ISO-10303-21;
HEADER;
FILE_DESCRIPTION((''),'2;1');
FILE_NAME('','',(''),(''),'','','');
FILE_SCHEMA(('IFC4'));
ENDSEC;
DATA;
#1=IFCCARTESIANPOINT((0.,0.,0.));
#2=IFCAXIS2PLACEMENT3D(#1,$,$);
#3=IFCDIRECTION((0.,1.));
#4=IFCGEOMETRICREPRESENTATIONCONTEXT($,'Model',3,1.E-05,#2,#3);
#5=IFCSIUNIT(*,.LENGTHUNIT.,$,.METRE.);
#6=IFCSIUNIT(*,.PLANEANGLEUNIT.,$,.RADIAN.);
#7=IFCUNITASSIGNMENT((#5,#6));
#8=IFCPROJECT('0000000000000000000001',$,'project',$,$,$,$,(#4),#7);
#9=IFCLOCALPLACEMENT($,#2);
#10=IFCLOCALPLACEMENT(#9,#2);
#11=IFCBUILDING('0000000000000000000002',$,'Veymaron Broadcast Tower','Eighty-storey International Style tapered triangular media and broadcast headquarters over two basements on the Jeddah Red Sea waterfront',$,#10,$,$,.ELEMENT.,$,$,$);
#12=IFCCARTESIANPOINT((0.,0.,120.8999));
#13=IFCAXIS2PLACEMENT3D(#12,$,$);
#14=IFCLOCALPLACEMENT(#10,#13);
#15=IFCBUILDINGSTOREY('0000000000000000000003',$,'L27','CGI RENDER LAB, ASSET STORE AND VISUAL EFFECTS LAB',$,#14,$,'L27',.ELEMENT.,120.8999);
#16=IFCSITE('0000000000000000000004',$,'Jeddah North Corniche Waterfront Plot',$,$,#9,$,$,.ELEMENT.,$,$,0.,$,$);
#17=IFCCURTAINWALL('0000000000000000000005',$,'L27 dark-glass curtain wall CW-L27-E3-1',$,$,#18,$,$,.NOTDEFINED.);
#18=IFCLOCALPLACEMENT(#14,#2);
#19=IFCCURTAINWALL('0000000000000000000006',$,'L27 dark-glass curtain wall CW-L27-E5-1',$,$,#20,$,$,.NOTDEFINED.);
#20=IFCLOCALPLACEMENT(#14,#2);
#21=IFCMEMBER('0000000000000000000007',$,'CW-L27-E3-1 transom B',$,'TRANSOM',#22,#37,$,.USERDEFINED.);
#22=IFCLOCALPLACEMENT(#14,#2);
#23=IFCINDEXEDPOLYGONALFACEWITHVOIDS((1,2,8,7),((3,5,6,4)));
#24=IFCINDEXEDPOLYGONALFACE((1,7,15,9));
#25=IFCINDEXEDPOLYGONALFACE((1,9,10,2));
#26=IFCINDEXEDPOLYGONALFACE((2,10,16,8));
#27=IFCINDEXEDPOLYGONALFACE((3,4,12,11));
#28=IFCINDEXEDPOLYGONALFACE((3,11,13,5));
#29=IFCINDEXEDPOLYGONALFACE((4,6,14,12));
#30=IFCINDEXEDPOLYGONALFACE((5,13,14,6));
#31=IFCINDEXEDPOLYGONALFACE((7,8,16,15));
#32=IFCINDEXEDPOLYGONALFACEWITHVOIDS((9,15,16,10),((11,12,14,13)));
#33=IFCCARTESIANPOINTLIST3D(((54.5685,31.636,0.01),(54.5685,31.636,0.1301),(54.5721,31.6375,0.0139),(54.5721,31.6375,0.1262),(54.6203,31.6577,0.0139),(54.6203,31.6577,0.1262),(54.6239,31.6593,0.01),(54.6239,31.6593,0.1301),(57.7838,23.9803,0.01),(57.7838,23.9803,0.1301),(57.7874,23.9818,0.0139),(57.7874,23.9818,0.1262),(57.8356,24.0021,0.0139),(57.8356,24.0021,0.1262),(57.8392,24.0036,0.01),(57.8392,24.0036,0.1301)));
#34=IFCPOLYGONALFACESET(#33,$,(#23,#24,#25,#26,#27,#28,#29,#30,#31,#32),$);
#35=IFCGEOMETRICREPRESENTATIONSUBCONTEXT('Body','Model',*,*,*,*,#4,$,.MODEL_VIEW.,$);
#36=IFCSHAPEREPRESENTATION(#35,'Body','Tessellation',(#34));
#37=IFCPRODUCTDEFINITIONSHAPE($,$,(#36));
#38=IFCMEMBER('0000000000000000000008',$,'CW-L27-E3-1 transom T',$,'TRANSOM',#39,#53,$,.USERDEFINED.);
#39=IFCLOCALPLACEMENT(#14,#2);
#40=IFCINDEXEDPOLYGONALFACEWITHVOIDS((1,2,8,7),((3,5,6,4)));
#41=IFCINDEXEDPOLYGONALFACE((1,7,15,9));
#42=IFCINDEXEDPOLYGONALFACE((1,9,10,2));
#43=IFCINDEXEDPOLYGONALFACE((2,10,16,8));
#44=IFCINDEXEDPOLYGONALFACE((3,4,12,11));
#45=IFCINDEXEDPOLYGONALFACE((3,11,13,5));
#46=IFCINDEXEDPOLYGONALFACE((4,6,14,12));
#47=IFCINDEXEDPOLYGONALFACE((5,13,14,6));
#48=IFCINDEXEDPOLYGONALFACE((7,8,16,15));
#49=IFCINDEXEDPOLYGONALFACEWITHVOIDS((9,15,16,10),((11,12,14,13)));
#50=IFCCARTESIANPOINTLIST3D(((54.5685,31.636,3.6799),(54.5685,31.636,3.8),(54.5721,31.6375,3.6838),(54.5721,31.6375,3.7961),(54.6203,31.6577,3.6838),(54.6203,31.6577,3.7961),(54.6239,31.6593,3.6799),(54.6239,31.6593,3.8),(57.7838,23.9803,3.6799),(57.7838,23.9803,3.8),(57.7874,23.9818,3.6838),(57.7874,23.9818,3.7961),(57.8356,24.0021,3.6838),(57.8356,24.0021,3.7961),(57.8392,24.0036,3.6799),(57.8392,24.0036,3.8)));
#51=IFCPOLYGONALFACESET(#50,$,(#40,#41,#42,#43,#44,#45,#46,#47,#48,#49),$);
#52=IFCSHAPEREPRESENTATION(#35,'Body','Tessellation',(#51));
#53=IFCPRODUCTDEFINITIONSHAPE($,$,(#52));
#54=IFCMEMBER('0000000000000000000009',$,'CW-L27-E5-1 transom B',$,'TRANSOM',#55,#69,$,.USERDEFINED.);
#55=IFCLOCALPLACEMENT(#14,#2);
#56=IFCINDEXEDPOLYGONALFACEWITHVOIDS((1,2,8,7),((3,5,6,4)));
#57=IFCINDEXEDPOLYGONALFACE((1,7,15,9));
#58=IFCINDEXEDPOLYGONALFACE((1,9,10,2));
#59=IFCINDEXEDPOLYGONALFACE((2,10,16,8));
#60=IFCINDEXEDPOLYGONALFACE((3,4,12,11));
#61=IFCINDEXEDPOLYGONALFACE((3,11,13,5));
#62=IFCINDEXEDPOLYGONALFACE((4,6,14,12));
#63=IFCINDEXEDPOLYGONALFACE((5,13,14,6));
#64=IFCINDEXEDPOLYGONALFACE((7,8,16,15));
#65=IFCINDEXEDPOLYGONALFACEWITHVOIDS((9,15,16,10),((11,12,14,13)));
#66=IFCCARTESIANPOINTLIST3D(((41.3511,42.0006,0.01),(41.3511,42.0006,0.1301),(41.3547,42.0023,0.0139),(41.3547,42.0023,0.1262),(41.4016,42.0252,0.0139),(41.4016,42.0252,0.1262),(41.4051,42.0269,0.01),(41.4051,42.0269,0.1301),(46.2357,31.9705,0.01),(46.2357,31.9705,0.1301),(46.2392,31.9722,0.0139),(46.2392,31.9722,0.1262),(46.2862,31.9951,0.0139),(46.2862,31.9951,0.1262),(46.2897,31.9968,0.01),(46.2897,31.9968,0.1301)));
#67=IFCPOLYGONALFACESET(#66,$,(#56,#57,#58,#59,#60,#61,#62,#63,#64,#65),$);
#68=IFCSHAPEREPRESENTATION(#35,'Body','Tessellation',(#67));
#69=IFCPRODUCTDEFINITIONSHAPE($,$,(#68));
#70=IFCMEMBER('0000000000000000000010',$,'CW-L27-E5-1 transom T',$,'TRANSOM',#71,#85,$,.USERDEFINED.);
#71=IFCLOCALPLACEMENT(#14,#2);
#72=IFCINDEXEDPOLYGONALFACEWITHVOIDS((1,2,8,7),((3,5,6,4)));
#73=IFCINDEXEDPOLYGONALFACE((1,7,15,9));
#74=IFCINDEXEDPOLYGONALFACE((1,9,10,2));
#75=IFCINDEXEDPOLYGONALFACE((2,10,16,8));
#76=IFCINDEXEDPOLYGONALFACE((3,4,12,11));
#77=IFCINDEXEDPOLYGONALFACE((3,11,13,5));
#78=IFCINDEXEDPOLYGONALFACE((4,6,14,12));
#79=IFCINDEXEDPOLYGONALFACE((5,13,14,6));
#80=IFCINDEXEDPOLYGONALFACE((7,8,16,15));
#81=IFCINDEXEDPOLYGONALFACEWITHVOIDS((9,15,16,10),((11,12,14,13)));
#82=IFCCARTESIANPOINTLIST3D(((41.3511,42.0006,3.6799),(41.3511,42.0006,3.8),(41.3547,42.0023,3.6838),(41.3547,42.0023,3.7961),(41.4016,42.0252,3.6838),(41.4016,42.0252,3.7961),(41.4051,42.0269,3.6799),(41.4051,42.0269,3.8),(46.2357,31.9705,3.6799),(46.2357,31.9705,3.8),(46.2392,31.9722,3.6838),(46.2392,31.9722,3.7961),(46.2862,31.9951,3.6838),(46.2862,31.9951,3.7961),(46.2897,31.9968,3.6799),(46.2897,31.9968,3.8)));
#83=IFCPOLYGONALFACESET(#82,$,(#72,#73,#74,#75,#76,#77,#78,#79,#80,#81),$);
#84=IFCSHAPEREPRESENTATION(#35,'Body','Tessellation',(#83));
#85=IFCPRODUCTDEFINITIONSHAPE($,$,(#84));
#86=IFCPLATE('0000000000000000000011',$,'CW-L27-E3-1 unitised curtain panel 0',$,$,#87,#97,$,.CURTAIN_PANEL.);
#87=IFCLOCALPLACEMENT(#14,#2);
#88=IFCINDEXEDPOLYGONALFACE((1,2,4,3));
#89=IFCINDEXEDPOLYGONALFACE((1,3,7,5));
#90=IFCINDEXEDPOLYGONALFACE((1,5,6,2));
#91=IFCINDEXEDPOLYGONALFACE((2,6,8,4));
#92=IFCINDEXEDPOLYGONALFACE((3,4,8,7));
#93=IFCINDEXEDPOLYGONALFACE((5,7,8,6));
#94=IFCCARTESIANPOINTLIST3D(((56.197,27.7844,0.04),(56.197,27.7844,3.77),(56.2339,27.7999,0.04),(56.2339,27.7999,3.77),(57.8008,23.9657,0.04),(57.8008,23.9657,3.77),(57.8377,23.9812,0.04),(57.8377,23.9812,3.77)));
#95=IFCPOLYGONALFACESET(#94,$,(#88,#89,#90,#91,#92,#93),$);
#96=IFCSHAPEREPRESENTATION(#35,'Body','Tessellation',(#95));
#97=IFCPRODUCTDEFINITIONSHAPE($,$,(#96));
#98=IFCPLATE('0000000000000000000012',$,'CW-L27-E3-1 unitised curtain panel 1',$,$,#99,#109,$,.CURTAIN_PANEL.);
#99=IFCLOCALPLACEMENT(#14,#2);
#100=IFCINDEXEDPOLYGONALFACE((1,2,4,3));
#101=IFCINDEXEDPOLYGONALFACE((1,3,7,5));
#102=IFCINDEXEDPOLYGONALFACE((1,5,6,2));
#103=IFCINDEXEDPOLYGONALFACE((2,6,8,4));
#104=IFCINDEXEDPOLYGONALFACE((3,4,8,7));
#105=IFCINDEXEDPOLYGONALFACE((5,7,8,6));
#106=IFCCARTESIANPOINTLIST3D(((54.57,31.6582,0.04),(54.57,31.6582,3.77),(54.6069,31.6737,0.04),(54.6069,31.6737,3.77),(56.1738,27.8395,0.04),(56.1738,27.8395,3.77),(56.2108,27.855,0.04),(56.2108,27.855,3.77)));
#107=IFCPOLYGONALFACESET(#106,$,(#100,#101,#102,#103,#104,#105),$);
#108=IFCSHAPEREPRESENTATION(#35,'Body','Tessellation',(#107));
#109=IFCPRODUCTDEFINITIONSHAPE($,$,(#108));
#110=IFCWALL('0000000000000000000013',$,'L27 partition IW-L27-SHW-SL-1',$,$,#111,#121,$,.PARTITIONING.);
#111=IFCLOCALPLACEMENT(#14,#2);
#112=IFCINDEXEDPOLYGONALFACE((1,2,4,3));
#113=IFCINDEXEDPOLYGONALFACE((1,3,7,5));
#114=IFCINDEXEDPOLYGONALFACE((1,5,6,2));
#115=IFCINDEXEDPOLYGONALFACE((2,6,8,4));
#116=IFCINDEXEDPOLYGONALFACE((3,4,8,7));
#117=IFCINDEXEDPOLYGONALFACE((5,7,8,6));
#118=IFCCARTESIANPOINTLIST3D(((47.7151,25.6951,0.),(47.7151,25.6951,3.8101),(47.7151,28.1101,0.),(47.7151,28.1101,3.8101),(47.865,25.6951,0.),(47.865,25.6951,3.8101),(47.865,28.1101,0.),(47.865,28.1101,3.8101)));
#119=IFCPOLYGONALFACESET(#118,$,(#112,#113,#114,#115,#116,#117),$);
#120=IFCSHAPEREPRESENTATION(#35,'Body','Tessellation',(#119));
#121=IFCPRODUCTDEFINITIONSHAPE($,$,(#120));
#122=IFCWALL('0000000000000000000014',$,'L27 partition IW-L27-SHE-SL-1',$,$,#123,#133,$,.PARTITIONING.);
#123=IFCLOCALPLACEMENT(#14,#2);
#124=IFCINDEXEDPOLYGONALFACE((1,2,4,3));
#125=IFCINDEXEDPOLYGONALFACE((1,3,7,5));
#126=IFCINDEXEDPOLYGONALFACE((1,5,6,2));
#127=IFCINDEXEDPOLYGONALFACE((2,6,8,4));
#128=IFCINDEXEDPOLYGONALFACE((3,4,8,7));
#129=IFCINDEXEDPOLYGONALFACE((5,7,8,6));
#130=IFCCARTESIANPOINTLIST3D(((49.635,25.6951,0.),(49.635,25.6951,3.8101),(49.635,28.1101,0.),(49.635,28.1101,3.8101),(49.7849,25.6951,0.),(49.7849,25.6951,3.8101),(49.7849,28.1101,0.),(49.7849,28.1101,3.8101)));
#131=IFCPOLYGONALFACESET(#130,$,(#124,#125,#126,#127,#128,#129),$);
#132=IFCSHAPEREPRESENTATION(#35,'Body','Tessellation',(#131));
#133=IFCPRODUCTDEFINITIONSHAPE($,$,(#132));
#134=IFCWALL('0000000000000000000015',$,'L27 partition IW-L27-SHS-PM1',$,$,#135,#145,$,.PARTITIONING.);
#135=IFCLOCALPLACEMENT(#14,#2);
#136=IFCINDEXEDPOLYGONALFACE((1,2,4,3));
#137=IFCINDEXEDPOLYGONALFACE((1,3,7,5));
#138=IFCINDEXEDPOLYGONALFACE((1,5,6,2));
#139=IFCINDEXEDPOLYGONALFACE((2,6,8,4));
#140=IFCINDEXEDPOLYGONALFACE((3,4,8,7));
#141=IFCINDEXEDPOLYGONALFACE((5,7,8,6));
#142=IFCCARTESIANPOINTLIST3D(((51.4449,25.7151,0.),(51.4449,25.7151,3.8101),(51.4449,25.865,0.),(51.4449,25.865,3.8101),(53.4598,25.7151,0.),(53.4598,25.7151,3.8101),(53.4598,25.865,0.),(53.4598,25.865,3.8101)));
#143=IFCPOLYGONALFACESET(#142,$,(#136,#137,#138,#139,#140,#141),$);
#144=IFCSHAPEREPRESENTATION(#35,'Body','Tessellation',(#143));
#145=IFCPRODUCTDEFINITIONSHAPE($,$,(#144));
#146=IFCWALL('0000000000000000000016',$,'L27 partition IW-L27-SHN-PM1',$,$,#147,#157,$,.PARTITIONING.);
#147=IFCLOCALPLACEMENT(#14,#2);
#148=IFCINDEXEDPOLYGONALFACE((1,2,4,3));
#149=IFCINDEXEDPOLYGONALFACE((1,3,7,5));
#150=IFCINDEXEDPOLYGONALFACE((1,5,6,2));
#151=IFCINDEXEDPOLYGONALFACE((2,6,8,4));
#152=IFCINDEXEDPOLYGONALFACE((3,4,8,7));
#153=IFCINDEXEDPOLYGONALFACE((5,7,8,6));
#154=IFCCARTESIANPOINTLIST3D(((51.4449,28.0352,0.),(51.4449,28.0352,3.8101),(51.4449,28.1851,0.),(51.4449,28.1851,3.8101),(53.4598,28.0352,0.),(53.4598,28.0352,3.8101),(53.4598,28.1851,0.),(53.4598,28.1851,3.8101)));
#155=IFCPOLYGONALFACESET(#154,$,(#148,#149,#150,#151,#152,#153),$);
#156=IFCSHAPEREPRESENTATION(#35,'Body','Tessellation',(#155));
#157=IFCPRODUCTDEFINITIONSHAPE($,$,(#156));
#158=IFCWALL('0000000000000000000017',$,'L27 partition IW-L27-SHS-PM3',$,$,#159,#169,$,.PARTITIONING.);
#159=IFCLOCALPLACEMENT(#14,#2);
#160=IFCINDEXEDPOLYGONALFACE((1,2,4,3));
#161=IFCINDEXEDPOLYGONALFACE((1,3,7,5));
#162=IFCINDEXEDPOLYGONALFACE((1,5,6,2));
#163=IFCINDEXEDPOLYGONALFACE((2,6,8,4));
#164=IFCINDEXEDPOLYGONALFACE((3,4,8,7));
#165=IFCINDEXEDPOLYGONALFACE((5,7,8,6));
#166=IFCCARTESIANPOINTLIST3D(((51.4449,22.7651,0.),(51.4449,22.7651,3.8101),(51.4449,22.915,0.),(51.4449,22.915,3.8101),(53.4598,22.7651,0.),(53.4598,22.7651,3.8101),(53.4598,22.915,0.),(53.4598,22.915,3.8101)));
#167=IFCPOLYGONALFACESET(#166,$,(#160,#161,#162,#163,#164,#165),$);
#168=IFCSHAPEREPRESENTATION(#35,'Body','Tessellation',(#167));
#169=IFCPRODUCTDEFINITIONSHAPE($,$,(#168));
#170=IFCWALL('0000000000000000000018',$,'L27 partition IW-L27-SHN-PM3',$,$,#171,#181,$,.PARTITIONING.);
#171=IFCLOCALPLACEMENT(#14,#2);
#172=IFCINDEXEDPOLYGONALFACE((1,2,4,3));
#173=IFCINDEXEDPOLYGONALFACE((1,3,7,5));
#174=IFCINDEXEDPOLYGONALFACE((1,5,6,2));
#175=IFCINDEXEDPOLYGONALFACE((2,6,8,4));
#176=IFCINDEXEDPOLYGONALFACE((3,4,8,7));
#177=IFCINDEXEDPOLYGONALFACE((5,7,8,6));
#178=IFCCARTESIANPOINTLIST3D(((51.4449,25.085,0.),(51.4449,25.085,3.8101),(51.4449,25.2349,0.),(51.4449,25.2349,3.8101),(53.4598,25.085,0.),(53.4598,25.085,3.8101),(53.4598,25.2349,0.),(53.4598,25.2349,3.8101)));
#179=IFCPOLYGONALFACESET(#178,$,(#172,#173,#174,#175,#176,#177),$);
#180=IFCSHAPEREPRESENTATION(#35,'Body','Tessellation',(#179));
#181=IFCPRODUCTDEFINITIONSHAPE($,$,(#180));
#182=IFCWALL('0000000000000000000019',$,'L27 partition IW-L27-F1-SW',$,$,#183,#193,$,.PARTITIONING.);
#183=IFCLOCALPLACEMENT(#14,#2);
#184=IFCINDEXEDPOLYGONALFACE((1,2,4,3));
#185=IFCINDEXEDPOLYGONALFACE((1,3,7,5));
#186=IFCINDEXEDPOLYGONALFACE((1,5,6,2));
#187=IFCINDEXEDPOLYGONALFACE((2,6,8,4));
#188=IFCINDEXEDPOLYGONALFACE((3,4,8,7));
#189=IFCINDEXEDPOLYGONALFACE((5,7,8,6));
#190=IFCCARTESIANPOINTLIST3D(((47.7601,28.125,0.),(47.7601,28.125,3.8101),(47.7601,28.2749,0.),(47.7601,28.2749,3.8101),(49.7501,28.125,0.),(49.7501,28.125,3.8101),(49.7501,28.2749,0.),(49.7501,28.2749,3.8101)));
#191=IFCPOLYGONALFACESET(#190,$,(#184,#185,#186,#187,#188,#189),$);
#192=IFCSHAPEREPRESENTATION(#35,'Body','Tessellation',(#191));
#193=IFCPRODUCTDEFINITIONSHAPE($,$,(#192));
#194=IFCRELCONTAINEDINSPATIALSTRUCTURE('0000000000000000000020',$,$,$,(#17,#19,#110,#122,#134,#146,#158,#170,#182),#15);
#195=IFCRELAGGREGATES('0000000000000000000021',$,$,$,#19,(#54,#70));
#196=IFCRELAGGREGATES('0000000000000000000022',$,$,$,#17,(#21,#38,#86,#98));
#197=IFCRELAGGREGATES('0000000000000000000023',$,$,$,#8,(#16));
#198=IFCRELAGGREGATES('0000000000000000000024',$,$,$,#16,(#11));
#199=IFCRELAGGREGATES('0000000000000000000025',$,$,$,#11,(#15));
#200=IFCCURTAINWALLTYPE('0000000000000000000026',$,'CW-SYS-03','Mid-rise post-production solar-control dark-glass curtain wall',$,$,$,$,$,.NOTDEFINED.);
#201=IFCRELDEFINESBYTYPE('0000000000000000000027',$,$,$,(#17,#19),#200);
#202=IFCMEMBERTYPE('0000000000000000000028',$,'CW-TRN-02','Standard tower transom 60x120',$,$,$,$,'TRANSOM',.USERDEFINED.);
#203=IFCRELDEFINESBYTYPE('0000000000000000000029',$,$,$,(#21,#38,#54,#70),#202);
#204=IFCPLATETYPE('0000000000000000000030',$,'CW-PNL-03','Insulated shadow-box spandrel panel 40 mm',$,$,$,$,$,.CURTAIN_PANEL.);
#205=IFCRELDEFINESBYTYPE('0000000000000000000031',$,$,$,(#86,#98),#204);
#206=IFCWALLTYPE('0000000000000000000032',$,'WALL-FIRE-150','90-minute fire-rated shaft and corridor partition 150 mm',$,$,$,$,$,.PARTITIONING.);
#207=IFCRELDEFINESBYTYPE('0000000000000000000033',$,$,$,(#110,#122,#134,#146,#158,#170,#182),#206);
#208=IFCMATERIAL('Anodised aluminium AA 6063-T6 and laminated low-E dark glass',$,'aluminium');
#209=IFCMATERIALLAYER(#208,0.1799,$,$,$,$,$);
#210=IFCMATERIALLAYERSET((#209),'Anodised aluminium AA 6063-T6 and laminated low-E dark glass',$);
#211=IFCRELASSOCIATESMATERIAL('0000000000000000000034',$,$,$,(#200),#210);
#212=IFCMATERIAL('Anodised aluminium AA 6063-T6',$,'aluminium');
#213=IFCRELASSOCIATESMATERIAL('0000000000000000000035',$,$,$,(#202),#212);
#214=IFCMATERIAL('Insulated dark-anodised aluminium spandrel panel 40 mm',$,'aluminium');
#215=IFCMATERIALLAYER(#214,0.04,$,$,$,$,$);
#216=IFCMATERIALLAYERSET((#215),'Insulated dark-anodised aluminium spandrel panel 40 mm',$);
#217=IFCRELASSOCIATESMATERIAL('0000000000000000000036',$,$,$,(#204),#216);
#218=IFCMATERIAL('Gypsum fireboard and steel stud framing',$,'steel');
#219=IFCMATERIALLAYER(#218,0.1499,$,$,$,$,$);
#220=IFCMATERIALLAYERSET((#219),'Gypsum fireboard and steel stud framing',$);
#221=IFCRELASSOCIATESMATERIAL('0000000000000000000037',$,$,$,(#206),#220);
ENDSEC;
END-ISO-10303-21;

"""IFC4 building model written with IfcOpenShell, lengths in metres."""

from ifc_helpers import new_model, si_unit, direction, frame, frame_2d, origin, origin_2d, place, context, subcontext, project, spatial, rectangle, hollow_rectangle, extrude, material, layer, layer_set, material_profile, profile_set, type_object, element, aggregate, save


model = new_model("IFC4")

# Units and contexts
model_context = context("Model", 3, precision=1e-05, world=origin(), true_north=direction((0.0, 1.0)))
body_context = subcontext(model_context, "Body", "Model", "MODEL_VIEW")
ifc_project = project(units=[si_unit("LENGTHUNIT", "METRE"), si_unit("PLANEANGLEUNIT", "RADIAN")], contexts=[model_context])

# Site, building, storey
site_placement = place(None, origin())
site = spatial("IfcSite", under=ifc_project, at=site_placement, Name="Jeddah North Corniche Waterfront Plot", CompositionType="ELEMENT", RefElevation=0.0)
building_placement = place(site_placement, origin())
building = spatial("IfcBuilding", under=site, at=building_placement, Name="Veymaron Broadcast Tower", Description="Eighty-storey International Style tapered triangular media and broadcast headquarters over two basements on the Jeddah Red Sea waterfront", CompositionType="ELEMENT")
storey_placement = place(building_placement, frame((0.0, 0.0, 120.8999)))
storey = spatial("IfcBuildingStorey", under=building, at=storey_placement, Name="L27", Description="CGI RENDER LAB, ASSET STORE AND VISUAL EFFECTS LAB", LongName="L27", CompositionType="ELEMENT", Elevation=120.8999)

# Shared definitions
ifc_material_1 = material(Name="Anodised aluminium AA 6063-T6 and laminated low-E dark glass", Category="aluminium")
ifc_layer_1 = layer(ifc_material_1, 0.1799)
ifc_layer_set_1 = layer_set([ifc_layer_1], Name="Anodised aluminium AA 6063-T6 and laminated low-E dark glass")
curtain_wall_type = type_object("IfcCurtainWallType", Name="CW-SYS-03", Description="Mid-rise post-production solar-control dark-glass curtain wall", PredefinedType="NOTDEFINED", material=ifc_layer_set_1)
ifc_material_2 = material(Name="Anodised aluminium AA 6063-T6", Category="aluminium")

# Curtain wall
curtain_wall_1_placement = place(storey_placement, origin())
curtain_wall_1 = element("IfcCurtainWall", 1, at=curtain_wall_1_placement, inside=storey, type_object=curtain_wall_type, Name="L27 dark-glass curtain wall CW-L27-E3-1", PredefinedType="NOTDEFINED")

# Curtain wall
curtain_wall_2_placement = place(storey_placement, origin())
curtain_wall_2 = element("IfcCurtainWall", 2, at=curtain_wall_2_placement, inside=storey, type_object=curtain_wall_type, Name="L27 dark-glass curtain wall CW-L27-E5-1", PredefinedType="NOTDEFINED")

# Members
ifc_material_profile_1 = material_profile(ifc_material_2, hollow_rectangle(XDim=0.0601, YDim=0.1201, WallThickness=0.0039, at=origin_2d()), Name="AL120X60X4")
ifc_profile_set_1 = profile_set([ifc_material_profile_1], Name="Anodised aluminium AA 6063-T6")
member_type_1 = type_object("IfcMemberType", Name="CW-TRN-02", Description="Standard tower transom 60x120", ElementType="TRANSOM", PredefinedType="USERDEFINED", material=ifc_profile_set_1)
member_1_placement = place(storey_placement, frame((57.8115, 23.9919, 0.0701), z_axis=(-0.387223, 0.921986, 0.0), x_axis=(-0.921986, -0.387223, 0.0)))
member_1 = element("IfcMember", 3, at=member_1_placement, type_object=member_type_1, Name="CW-L27-E3-1 transom B", ObjectType="TRANSOM", PredefinedType="USERDEFINED", context=body_context, shape_type="SweptSolid", body=[
    extrude(hollow_rectangle(XDim=0.0601, YDim=0.1201, WallThickness=0.0039, at=origin_2d()), origin(), (0.0, 0.0, 1.0), 8.3035),
])
member_2_placement = place(storey_placement, frame((57.8115, 23.9919, 3.74), z_axis=(-0.387223, 0.921986, 0.0), x_axis=(-0.921986, -0.387223, 0.0)))
member_2 = element("IfcMember", 4, at=member_2_placement, type_object=member_type_1, Name="CW-L27-E3-1 transom T", ObjectType="TRANSOM", PredefinedType="USERDEFINED", context=body_context, shape_type="SweptSolid", body=[
    extrude(hollow_rectangle(XDim=0.0601, YDim=0.1201, WallThickness=0.0039, at=origin_2d()), origin(), (0.0, 0.0, 1.0), 8.3035),
])
member_3_placement = place(storey_placement, frame((46.2627, 31.9836, 0.0701), z_axis=(-0.437832, 0.899057, 0.0), x_axis=(-0.899057, -0.437832, 0.0)))
member_3 = element("IfcMember", 5, at=member_3_placement, type_object=member_type_1, Name="CW-L27-E5-1 transom B", ObjectType="TRANSOM", PredefinedType="USERDEFINED", context=body_context, shape_type="SweptSolid", body=[
    extrude(hollow_rectangle(XDim=0.0601, YDim=0.1201, WallThickness=0.0039, at=origin_2d()), origin(), (0.0, 0.0, 1.0), 11.1562),
])
member_4_placement = place(storey_placement, frame((46.2627, 31.9836, 3.74), z_axis=(-0.437832, 0.899057, 0.0), x_axis=(-0.899057, -0.437832, 0.0)))
member_4 = element("IfcMember", 6, at=member_4_placement, type_object=member_type_1, Name="CW-L27-E5-1 transom T", ObjectType="TRANSOM", PredefinedType="USERDEFINED", context=body_context, shape_type="SweptSolid", body=[
    extrude(hollow_rectangle(XDim=0.0601, YDim=0.1201, WallThickness=0.0039, at=origin_2d()), origin(), (0.0, 0.0, 1.0), 11.1562),
])
aggregate(curtain_wall_2, [member_3, member_4])

# Plates
ifc_material_3 = material(Name="Insulated dark-anodised aluminium spandrel panel 40 mm", Category="aluminium")
ifc_layer_2 = layer(ifc_material_3, 0.04)
ifc_layer_set_2 = layer_set([ifc_layer_2], Name="Insulated dark-anodised aluminium spandrel panel 40 mm")
plate_type = type_object("IfcPlateType", Name="CW-PNL-03", Description="Insulated shadow-box spandrel panel 40 mm", PredefinedType="CURTAIN_PANEL", material=ifc_layer_set_2)
plate_1_placement = place(storey_placement, frame((57.0173, 25.8828, 0.04), z_axis=(0.0, 0.0, 1.0), x_axis=(-0.387226, 0.921985, 0.0)))
plate_1 = element("IfcPlate", 7, at=plate_1_placement, type_object=plate_type, Name="CW-L27-E3-1 unitised curtain panel 0", PredefinedType="CURTAIN_PANEL", context=body_context, shape_type="SweptSolid", body=[
    extrude(rectangle(XDim=4.1418, YDim=0.04, at=origin_2d()), origin(), (0.0, 0.0, 1.0), 3.73),
])
plate_2_placement = place(storey_placement, frame((55.3904, 29.7566, 0.04), z_axis=(0.0, 0.0, 1.0), x_axis=(-0.387226, 0.921985, 0.0)))
plate_2 = element("IfcPlate", 8, at=plate_2_placement, type_object=plate_type, Name="CW-L27-E3-1 unitised curtain panel 1", PredefinedType="CURTAIN_PANEL", context=body_context, shape_type="SweptSolid", body=[
    extrude(rectangle(XDim=4.1418, YDim=0.04, at=origin_2d()), origin(), (0.0, 0.0, 1.0), 3.73),
])
aggregate(curtain_wall_1, [member_1, member_2, plate_1, plate_2])

# Shared definitions
ifc_material_4 = material(Name="Gypsum fireboard and steel stud framing", Category="steel")
ifc_layer_3 = layer(ifc_material_4, 0.1499)
ifc_layer_set_3 = layer_set([ifc_layer_3], Name="Gypsum fireboard and steel stud framing")
wall_type_1 = type_object("IfcWallType", Name="WALL-FIRE-150", Description="90-minute fire-rated shaft and corridor partition 150 mm", PredefinedType="PARTITIONING", material=ifc_layer_set_3)

# Walls
for number, where, z_axis, x_axis, name in (
    (9, (47.79, 25.6951, 0.0), (0.0, 0.0, 1.0), (0.0, 1.0, 0.0), "L27 partition IW-L27-SHW-SL-1"),
    (10, (49.71, 25.6951, 0.0), (0.0, 0.0, 1.0), (0.0, 1.0, 0.0), "L27 partition IW-L27-SHE-SL-1"),
):
    element("IfcWall", number, at=place(storey_placement, frame(where, z_axis=z_axis, x_axis=x_axis)), inside=storey, type_object=wall_type_1, Name=name, PredefinedType="PARTITIONING", context=body_context, shape_type="SweptSolid", body=[
        extrude(rectangle(XDim=2.415, YDim=0.1499, at=frame_2d((1.2075, 0.0))), origin(), (0.0, 0.0, 1.0), 3.8101),
    ])

# Walls
for number, where, z_axis, x_axis, name in (
    (11, (51.4451, 25.79, 0.0), (0.0, 0.0, 1.0), (1.0, 0.0, 0.0), "L27 partition IW-L27-SHS-PM1"),
    (12, (51.4451, 28.1101, 0.0), (0.0, 0.0, 1.0), (1.0, 0.0, 0.0), "L27 partition IW-L27-SHN-PM1"),
    (13, (51.4451, 22.8401, 0.0), (0.0, 0.0, 1.0), (1.0, 0.0, 0.0), "L27 partition IW-L27-SHS-PM3"),
    (14, (51.4451, 25.1599, 0.0), (0.0, 0.0, 1.0), (1.0, 0.0, 0.0), "L27 partition IW-L27-SHN-PM3"),
):
    element("IfcWall", number, at=place(storey_placement, frame(where, z_axis=z_axis, x_axis=x_axis)), inside=storey, type_object=wall_type_1, Name=name, PredefinedType="PARTITIONING", context=body_context, shape_type="SweptSolid", body=[
        extrude(rectangle(XDim=2.0149, YDim=0.1499, at=frame_2d((1.0073, 0.0))), origin(), (0.0, 0.0, 1.0), 3.8101),
    ])
wall_1_placement = place(storey_placement, frame((47.76, 28.2, 0.0), z_axis=(0.0, 0.0, 1.0), x_axis=(1.0, 0.0, 0.0)))
element("IfcWall", 15, at=wall_1_placement, inside=storey, type_object=wall_type_1, Name="L27 partition IW-L27-F1-SW", PredefinedType="PARTITIONING", context=body_context, shape_type="SweptSolid", body=[
    extrude(rectangle(XDim=1.99, YDim=0.1499, at=frame_2d((0.9951, 0.0))), origin(), (0.0, 0.0, 1.0), 3.8101),
])

save(model, "model.ifc")
